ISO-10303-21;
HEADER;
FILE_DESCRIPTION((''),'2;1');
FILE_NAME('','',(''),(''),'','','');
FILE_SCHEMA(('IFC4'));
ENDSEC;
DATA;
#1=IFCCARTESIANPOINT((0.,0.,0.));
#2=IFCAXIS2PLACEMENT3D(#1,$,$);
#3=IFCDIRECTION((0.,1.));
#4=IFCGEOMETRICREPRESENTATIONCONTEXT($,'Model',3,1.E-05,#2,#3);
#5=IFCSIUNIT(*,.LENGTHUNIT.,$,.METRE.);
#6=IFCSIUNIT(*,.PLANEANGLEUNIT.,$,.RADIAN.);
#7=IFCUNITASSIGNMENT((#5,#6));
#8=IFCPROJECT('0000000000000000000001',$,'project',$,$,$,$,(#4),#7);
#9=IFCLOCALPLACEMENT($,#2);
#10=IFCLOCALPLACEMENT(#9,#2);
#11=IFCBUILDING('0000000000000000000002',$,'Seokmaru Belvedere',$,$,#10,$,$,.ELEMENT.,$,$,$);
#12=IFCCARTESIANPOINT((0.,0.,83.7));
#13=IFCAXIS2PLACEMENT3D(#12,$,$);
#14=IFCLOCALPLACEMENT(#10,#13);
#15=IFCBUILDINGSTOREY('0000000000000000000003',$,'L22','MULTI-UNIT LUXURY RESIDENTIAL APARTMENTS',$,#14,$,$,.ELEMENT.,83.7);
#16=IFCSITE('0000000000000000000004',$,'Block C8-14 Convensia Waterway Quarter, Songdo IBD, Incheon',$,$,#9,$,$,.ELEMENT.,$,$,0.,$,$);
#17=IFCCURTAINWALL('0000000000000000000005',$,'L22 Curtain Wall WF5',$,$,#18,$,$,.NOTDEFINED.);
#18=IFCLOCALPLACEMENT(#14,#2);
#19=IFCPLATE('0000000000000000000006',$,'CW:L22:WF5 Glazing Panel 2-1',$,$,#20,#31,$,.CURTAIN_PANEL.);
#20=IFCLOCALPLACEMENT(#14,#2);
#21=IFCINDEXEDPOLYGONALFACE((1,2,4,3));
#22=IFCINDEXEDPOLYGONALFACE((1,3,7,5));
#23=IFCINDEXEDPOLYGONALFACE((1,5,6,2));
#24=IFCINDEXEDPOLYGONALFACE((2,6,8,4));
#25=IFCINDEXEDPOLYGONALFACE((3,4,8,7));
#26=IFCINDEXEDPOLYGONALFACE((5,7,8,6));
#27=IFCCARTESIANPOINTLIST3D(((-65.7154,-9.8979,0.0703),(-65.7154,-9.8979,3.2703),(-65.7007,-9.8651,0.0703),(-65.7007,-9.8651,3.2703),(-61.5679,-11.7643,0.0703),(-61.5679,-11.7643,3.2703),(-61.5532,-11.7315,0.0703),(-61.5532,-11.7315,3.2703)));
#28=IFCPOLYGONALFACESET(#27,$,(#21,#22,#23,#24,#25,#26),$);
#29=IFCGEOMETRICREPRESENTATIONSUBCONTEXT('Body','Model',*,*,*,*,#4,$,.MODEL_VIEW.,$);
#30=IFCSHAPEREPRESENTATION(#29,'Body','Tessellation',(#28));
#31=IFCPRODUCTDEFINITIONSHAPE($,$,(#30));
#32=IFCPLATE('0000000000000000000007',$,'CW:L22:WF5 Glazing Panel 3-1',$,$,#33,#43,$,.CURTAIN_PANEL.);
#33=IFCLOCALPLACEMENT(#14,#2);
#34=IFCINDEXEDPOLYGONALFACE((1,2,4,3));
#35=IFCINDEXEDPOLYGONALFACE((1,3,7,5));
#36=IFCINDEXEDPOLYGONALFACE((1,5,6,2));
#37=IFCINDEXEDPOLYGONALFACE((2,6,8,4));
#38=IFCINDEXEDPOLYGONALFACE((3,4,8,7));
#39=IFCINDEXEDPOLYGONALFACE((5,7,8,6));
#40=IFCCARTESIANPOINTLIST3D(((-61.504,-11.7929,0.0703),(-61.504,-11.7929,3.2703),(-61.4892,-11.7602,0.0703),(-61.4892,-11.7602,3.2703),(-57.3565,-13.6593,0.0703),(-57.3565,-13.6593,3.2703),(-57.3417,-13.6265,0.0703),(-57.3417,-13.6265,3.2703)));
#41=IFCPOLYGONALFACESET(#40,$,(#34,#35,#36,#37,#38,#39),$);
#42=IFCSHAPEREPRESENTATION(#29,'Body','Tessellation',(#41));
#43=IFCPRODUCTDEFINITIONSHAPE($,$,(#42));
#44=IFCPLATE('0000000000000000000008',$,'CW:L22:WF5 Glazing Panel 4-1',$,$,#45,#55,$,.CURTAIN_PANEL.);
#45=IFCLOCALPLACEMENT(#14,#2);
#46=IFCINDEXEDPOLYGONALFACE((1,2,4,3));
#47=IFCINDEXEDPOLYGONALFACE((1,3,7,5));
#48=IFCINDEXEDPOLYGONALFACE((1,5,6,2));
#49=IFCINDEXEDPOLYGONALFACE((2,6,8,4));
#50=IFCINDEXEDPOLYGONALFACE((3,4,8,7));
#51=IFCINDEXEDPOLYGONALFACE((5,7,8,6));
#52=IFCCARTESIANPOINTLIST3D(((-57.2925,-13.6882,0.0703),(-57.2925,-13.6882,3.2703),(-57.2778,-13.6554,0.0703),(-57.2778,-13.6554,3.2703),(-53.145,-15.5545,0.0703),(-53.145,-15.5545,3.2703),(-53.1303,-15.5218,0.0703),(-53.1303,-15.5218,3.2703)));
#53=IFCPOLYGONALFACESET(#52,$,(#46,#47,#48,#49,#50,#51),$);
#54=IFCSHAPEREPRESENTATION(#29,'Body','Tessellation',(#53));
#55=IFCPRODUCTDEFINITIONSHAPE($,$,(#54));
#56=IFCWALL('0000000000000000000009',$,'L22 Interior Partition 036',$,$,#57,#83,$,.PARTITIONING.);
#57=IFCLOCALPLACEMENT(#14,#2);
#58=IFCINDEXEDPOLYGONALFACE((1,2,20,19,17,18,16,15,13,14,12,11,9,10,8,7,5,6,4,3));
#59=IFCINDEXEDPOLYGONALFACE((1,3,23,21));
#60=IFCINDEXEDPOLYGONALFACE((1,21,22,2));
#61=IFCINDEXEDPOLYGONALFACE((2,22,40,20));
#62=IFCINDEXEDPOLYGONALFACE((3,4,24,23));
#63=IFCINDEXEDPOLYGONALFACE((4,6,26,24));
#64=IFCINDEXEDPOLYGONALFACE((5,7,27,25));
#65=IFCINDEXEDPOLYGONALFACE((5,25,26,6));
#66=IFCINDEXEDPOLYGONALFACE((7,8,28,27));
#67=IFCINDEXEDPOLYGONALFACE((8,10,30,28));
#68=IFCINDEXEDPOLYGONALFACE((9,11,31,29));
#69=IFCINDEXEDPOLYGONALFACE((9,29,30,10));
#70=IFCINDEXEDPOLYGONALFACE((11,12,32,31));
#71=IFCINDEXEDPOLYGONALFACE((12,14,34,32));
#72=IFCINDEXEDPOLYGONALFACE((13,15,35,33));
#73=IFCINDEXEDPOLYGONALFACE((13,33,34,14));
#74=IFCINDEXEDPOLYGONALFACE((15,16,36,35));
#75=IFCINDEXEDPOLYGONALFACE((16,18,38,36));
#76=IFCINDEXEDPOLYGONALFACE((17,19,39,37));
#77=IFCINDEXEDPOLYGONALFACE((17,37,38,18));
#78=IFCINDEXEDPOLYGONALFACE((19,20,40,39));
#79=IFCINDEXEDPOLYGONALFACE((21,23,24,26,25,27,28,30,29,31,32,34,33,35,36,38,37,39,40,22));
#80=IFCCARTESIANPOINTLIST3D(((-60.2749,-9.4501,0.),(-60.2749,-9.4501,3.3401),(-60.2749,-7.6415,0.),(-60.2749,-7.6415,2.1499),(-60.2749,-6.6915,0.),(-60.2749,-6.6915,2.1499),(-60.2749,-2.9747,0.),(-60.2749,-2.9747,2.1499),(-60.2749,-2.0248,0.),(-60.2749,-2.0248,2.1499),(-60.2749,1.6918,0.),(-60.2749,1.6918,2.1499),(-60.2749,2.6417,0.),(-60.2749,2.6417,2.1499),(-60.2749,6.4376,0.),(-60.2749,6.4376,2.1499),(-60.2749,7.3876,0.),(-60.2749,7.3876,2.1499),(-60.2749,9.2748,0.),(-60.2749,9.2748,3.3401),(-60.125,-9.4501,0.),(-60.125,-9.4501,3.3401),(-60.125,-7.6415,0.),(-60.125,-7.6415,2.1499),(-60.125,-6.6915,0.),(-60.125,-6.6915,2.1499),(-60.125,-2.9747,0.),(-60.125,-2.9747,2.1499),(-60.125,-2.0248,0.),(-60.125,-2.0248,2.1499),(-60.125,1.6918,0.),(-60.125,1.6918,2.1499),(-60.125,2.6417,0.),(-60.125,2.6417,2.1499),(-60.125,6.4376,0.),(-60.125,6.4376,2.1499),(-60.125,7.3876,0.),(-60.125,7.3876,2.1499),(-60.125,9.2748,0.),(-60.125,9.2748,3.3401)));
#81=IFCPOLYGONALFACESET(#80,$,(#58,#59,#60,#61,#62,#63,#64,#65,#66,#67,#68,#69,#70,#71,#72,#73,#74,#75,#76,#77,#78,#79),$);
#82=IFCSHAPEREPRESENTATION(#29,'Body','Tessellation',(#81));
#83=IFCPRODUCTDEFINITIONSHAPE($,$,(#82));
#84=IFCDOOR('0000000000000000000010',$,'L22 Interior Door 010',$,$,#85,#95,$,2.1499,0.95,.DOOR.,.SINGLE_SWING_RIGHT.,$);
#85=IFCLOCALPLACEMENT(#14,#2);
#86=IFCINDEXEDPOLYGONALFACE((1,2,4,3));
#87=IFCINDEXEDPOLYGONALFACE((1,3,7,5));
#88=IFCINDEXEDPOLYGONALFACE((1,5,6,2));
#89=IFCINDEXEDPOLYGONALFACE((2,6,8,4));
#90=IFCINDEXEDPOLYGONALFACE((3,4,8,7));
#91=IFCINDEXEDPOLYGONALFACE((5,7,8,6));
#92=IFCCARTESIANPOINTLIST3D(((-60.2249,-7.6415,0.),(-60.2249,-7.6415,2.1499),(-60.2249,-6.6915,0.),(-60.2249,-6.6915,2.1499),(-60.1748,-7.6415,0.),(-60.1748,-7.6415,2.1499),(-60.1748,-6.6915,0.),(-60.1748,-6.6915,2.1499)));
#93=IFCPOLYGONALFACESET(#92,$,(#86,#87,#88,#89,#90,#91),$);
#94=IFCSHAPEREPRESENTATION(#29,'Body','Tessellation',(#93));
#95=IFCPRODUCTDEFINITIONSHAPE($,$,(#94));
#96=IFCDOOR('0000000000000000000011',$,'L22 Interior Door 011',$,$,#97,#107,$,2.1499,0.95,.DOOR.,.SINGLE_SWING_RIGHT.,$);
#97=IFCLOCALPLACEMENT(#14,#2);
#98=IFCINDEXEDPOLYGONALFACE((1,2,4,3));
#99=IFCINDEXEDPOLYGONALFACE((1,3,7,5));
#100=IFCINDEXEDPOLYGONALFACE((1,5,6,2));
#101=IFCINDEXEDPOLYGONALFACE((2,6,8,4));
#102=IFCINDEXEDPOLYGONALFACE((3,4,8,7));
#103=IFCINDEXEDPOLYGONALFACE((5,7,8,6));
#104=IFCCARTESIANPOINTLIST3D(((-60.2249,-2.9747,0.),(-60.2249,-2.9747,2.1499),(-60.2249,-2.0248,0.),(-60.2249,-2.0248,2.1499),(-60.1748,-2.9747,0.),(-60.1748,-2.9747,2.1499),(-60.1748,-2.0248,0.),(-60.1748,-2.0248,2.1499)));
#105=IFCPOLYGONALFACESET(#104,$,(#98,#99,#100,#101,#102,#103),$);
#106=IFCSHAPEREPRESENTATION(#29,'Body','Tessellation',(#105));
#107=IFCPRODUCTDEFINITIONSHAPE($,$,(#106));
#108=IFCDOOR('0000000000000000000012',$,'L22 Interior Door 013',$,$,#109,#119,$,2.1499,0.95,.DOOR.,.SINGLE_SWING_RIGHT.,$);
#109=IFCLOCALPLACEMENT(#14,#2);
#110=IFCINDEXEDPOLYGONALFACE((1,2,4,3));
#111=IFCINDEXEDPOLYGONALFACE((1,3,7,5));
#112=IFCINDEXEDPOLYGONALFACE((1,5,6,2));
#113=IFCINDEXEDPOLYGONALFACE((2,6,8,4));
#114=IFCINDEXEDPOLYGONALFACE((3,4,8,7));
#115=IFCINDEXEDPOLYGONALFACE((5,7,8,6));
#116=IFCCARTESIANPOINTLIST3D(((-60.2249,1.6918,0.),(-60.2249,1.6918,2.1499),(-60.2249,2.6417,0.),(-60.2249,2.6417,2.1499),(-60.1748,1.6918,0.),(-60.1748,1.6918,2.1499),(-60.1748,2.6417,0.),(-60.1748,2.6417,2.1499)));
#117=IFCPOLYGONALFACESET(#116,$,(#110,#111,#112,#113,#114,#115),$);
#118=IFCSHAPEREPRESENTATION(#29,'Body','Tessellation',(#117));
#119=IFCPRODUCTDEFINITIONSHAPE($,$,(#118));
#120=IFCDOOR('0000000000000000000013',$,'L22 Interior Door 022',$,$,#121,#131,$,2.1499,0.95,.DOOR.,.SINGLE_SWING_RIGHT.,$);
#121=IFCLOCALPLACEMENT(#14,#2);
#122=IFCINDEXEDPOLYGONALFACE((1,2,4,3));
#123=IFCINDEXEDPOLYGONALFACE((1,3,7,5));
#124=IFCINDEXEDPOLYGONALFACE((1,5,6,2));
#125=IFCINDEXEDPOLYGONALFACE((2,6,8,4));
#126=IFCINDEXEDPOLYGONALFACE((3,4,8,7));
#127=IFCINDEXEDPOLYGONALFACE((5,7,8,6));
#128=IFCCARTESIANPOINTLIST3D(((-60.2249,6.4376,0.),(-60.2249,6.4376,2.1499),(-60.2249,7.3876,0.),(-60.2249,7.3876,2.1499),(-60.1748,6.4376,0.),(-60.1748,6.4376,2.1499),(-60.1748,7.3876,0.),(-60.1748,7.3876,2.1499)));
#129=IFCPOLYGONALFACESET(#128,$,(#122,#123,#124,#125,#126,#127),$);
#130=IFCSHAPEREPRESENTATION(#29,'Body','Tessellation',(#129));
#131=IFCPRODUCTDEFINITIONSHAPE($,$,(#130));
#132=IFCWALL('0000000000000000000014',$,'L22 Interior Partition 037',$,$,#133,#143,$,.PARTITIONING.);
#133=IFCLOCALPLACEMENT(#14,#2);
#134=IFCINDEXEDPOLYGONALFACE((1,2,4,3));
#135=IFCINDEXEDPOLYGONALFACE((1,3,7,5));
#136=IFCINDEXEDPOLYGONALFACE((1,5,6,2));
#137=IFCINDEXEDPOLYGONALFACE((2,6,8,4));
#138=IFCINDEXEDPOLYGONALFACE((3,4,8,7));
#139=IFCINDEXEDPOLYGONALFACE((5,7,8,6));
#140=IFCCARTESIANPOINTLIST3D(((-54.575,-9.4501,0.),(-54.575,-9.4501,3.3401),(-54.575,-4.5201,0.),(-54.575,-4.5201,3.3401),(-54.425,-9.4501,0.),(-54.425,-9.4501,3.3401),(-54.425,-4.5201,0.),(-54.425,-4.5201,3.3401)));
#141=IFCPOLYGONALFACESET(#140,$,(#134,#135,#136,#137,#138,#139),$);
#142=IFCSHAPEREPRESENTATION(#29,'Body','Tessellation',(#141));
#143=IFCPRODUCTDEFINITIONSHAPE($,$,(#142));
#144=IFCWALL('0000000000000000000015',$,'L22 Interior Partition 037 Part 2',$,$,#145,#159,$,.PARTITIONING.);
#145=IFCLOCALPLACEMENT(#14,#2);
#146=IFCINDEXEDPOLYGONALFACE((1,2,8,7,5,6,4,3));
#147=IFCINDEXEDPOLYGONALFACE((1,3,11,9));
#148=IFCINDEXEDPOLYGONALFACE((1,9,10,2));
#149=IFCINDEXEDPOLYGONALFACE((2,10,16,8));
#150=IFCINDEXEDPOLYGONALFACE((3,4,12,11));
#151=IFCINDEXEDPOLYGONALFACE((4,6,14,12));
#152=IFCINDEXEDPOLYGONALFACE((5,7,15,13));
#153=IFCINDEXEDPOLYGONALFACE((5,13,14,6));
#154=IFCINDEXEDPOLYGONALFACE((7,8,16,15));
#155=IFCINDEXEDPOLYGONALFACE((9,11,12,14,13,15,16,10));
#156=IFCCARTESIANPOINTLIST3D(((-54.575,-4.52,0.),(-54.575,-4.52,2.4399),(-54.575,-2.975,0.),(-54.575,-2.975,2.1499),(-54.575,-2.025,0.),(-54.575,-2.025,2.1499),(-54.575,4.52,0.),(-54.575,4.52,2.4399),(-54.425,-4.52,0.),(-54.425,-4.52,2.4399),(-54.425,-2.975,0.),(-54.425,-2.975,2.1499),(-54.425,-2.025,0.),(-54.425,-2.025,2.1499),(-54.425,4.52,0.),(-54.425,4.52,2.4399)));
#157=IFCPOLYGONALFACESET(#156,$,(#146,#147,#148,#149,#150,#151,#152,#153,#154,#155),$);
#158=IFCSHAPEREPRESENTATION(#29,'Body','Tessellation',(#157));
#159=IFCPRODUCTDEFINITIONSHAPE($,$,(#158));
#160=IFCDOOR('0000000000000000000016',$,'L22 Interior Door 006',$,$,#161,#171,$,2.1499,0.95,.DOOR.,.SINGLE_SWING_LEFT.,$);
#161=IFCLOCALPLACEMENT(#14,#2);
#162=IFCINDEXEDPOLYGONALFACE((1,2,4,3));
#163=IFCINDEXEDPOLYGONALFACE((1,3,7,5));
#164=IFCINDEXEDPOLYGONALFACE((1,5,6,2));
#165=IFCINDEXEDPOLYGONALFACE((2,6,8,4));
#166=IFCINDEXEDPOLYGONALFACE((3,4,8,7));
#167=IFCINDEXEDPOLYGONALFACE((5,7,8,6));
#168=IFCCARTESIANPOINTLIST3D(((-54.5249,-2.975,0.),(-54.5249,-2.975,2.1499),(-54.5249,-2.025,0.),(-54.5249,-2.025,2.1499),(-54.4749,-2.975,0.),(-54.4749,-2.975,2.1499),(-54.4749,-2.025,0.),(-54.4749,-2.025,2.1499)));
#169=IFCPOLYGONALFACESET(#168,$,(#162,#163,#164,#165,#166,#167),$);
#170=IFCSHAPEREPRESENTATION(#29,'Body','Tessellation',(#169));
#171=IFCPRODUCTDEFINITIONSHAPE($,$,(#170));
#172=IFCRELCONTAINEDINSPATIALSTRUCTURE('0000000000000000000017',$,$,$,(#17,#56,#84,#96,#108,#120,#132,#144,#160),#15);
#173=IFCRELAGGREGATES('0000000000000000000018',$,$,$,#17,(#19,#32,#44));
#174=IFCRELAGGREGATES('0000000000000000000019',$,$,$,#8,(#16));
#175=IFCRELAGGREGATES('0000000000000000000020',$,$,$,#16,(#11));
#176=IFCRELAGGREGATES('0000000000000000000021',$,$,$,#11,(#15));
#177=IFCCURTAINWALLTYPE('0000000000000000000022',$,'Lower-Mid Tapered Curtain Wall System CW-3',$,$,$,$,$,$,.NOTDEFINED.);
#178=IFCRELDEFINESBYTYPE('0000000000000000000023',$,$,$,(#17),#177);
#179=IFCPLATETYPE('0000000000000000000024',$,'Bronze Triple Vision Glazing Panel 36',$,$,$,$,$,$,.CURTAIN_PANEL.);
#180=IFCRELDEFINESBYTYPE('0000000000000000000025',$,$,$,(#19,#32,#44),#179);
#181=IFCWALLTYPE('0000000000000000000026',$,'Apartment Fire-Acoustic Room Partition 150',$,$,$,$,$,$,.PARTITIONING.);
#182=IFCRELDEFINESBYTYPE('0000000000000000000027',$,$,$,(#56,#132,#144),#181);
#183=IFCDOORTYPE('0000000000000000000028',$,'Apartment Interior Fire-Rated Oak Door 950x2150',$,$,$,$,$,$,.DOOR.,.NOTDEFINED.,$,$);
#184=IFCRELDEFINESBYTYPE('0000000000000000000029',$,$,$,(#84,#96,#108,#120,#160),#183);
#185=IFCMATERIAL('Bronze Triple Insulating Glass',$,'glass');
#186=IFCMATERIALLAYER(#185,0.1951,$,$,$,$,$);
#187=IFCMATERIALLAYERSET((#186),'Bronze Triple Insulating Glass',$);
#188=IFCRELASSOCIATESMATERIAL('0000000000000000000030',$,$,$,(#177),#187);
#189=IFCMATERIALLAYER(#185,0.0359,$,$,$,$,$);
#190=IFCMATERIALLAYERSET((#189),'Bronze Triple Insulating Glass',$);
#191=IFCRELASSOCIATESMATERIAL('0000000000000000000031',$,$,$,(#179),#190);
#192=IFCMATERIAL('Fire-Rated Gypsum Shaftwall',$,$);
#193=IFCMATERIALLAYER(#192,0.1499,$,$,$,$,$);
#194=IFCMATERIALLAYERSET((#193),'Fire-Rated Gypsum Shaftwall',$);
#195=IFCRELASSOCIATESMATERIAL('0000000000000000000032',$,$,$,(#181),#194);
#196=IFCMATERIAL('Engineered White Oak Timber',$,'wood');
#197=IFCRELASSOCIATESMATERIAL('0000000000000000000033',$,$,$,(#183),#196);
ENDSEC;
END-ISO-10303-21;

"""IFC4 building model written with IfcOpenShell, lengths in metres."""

from ifc_helpers import new_model, si_unit, direction, frame, frame_2d, origin, origin_2d, place, context, subcontext, project, spatial, rectangle, extrude, source, transform, mapped, material, layer, layer_set, type_object, type_shapes, element, fill, aggregate, save


model = new_model("IFC4")

# Units and contexts
model_context = context("Model", 3, precision=1e-05, world=origin(), true_north=direction((0.0, 1.0)))
body_context = subcontext(model_context, "Body", "Model", "MODEL_VIEW")
ifc_project = project(units=[si_unit("LENGTHUNIT", "METRE"), si_unit("PLANEANGLEUNIT", "RADIAN")], contexts=[model_context])

# Site, building, storey
site_placement = place(None, origin())
site = spatial("IfcSite", under=ifc_project, at=site_placement, Name="Block C8-14 Convensia Waterway Quarter, Songdo IBD, Incheon", CompositionType="ELEMENT", RefElevation=0.0)
building_placement = place(site_placement, origin())
building = spatial("IfcBuilding", under=site, at=building_placement, Name="Seokmaru Belvedere", CompositionType="ELEMENT")
storey_placement = place(building_placement, frame((0.0, 0.0, 83.7)))
storey = spatial("IfcBuildingStorey", under=building, at=storey_placement, Name="L22", Description="MULTI-UNIT LUXURY RESIDENTIAL APARTMENTS", CompositionType="ELEMENT", Elevation=83.7)

# Curtain wall, plates
ifc_material_1 = material(Name="Bronze Triple Insulating Glass", Category="glass")
ifc_layer_1 = layer(ifc_material_1, 0.1951)
ifc_layer_set_1 = layer_set([ifc_layer_1], Name="Bronze Triple Insulating Glass")
curtain_wall_type = type_object("IfcCurtainWallType", Name="Lower-Mid Tapered Curtain Wall System CW-3", PredefinedType="NOTDEFINED", material=ifc_layer_set_1)
curtain_wall_placement = place(storey_placement, origin())
curtain_wall = element("IfcCurtainWall", 1, at=curtain_wall_placement, inside=storey, type_object=curtain_wall_type, Name="L22 Curtain Wall WF5", PredefinedType="NOTDEFINED")
ifc_layer_2 = layer(ifc_material_1, 0.0359)
ifc_layer_set_2 = layer_set([ifc_layer_2], Name="Bronze Triple Insulating Glass")
plate_type = type_object("IfcPlateType", Name="Bronze Triple Vision Glazing Panel 36", PredefinedType="CURTAIN_PANEL", material=ifc_layer_set_2)
shared_shape_1 = source(origin(), body_context, "Body", "SweptSolid", [
    extrude(rectangle(XDim=4.5481, YDim=0.0359, at=origin_2d()), origin(), (0.0, 0.0, 1.0), 3.2),
])
type_shapes(plate_type, [shared_shape_1])
plate_1_placement = place(storey_placement, frame((-63.6343, -10.8147, 0.0703), z_axis=(0.0, 0.0, 1.0), x_axis=(0.911921, -0.410366, 0.0)))
plate_1 = element("IfcPlate", 2, at=plate_1_placement, type_object=plate_type, Name="CW:L22:WF5 Glazing Panel 2-1", PredefinedType="CURTAIN_PANEL", context=body_context, shape_type="MappedRepresentation", body=[
    mapped(shared_shape_1, transform((0.0, 0.0, 0.0), scale=1.0)),
])
plate_2_placement = place(storey_placement, frame((-59.4229, -12.7097, 0.0703), z_axis=(0.0, 0.0, 1.0), x_axis=(0.911921, -0.410366, 0.0)))
plate_2 = element("IfcPlate", 3, at=plate_2_placement, type_object=plate_type, Name="CW:L22:WF5 Glazing Panel 3-1", PredefinedType="CURTAIN_PANEL", context=body_context, shape_type="MappedRepresentation", body=[
    mapped(shared_shape_1, transform((0.0, 0.0, 0.0), scale=1.0)),
])
plate_3_placement = place(storey_placement, frame((-55.2114, -14.605, 0.0703), z_axis=(0.0, 0.0, 1.0), x_axis=(0.911921, -0.410366, 0.0)))
plate_3 = element("IfcPlate", 4, at=plate_3_placement, type_object=plate_type, Name="CW:L22:WF5 Glazing Panel 4-1", PredefinedType="CURTAIN_PANEL", context=body_context, shape_type="MappedRepresentation", body=[
    mapped(shared_shape_1, transform((0.0, 0.0, 0.0), scale=1.0)),
])
aggregate(curtain_wall, [plate_1, plate_2, plate_3])

# Wall, openings, doors
ifc_material_2 = material(Name="Fire-Rated Gypsum Shaftwall")
ifc_layer_3 = layer(ifc_material_2, 0.1499)
ifc_layer_set_3 = layer_set([ifc_layer_3], Name="Fire-Rated Gypsum Shaftwall")
wall_type_1 = type_object("IfcWallType", Name="Apartment Fire-Acoustic Room Partition 150", PredefinedType="PARTITIONING", material=ifc_layer_set_3)
wall_1_placement = place(storey_placement, frame((-60.2, -9.45, 0.0), z_axis=(0.0, 0.0, 1.0), x_axis=(0.0, 1.0, 0.0)))
wall_1 = element("IfcWall", 5, at=wall_1_placement, inside=storey, type_object=wall_type_1, Name="L22 Interior Partition 036", PredefinedType="PARTITIONING", context=body_context, shape_type="SweptSolid", body=[
    extrude(rectangle(XDim=18.7249, YDim=0.1499, at=frame_2d((9.3623, 0.0))), origin(), (0.0, 0.0, 1.0), 3.3401),
])
opening_1_placement = place(wall_1_placement, frame((1.8083, 0.0, 0.0)))
opening_1 = element("IfcOpeningElement", 6, at=opening_1_placement, cuts=wall_1, PredefinedType="OPENING", context=body_context, shape_type="SweptSolid", body=[
    extrude(rectangle(XDim=0.95, YDim=2.1499, at=frame_2d((0.4751, 1.075))), frame((0.0, 0.085, 0.0), z_axis=(0.0, -1.0, 0.0), x_axis=(1.0, 0.0, 0.0)), (0.0, 0.0, 1.0), 0.1699),
])
opening_2_placement = place(wall_1_placement, frame((6.4751, 0.0, 0.0)))
opening_2 = element("IfcOpeningElement", 7, at=opening_2_placement, cuts=wall_1, PredefinedType="OPENING", context=body_context, shape_type="SweptSolid", body=[
    extrude(rectangle(XDim=0.95, YDim=2.1499, at=frame_2d((0.4751, 1.075))), frame((0.0, 0.085, 0.0), z_axis=(0.0, -1.0, 0.0), x_axis=(1.0, 0.0, 0.0)), (0.0, 0.0, 1.0), 0.1699),
])
opening_3_placement = place(wall_1_placement, frame((11.1416, 0.0, 0.0)))
opening_3 = element("IfcOpeningElement", 8, at=opening_3_placement, cuts=wall_1, PredefinedType="OPENING", context=body_context, shape_type="SweptSolid", body=[
    extrude(rectangle(XDim=0.95, YDim=2.1499, at=frame_2d((0.4751, 1.075))), frame((0.0, 0.085, 0.0), z_axis=(0.0, -1.0, 0.0), x_axis=(1.0, 0.0, 0.0)), (0.0, 0.0, 1.0), 0.1699),
])
opening_4_placement = place(wall_1_placement, frame((15.8875, 0.0, 0.0)))
opening_4 = element("IfcOpeningElement", 9, at=opening_4_placement, cuts=wall_1, PredefinedType="OPENING", context=body_context, shape_type="SweptSolid", body=[
    extrude(rectangle(XDim=0.95, YDim=2.1499, at=frame_2d((0.4751, 1.075))), frame((0.0, 0.085, 0.0), z_axis=(0.0, -1.0, 0.0), x_axis=(1.0, 0.0, 0.0)), (0.0, 0.0, 1.0), 0.1699),
])
ifc_material_3 = material(Name="Engineered White Oak Timber", Category="wood")
door_type = type_object("IfcDoorType", Name="Apartment Interior Fire-Rated Oak Door 950x2150", OperationType="NOTDEFINED", PredefinedType="DOOR", material=ifc_material_3)
shared_shape_2 = source(origin(), body_context, "Body", "SweptSolid", [
    extrude(rectangle(XDim=0.95, YDim=2.1499, at=frame_2d((0.4751, 1.075))), frame((0.0, 0.0249, 0.0), z_axis=(0.0, -1.0, 0.0), x_axis=(1.0, 0.0, 0.0)), (0.0, 0.0, 1.0), 0.05),
])
type_shapes(door_type, [shared_shape_2])
door_1_placement = place(opening_1_placement, origin())
door_1 = element("IfcDoor", 10, at=door_1_placement, inside=storey, type_object=door_type, Name="L22 Interior Door 010", OperationType="SINGLE_SWING_RIGHT", OverallHeight=2.1499, OverallWidth=0.95, PredefinedType="DOOR", context=body_context, shape_type="MappedRepresentation", body=[
    mapped(shared_shape_2, transform((0.0, 0.0, 0.0), scale=1.0)),
])
fill(opening_1, door_1)
door_2_placement = place(opening_2_placement, origin())
door_2 = element("IfcDoor", 11, at=door_2_placement, inside=storey, type_object=door_type, Name="L22 Interior Door 011", OperationType="SINGLE_SWING_RIGHT", OverallHeight=2.1499, OverallWidth=0.95, PredefinedType="DOOR", context=body_context, shape_type="MappedRepresentation", body=[
    mapped(shared_shape_2, transform((0.0, 0.0, 0.0), scale=1.0)),
])
fill(opening_2, door_2)
door_3_placement = place(opening_3_placement, origin())
door_3 = element("IfcDoor", 12, at=door_3_placement, inside=storey, type_object=door_type, Name="L22 Interior Door 013", OperationType="SINGLE_SWING_RIGHT", OverallHeight=2.1499, OverallWidth=0.95, PredefinedType="DOOR", context=body_context, shape_type="MappedRepresentation", body=[
    mapped(shared_shape_2, transform((0.0, 0.0, 0.0), scale=1.0)),
])
fill(opening_3, door_3)
door_4_placement = place(opening_4_placement, origin())
door_4 = element("IfcDoor", 13, at=door_4_placement, inside=storey, type_object=door_type, Name="L22 Interior Door 022", OperationType="SINGLE_SWING_RIGHT", OverallHeight=2.1499, OverallWidth=0.95, PredefinedType="DOOR", context=body_context, shape_type="MappedRepresentation", body=[
    mapped(shared_shape_2, transform((0.0, 0.0, 0.0), scale=1.0)),
])
fill(opening_4, door_4)

# Wall
wall_2_placement = place(storey_placement, frame((-54.5, -9.45, 0.0), z_axis=(0.0, 0.0, 1.0), x_axis=(0.0, 1.0, 0.0)))
element("IfcWall", 14, at=wall_2_placement, inside=storey, type_object=wall_type_1, Name="L22 Interior Partition 037", PredefinedType="PARTITIONING", context=body_context, shape_type="SweptSolid", body=[
    extrude(rectangle(XDim=4.9299, YDim=0.1499, at=frame_2d((2.4648, 0.0))), origin(), (0.0, 0.0, 1.0), 3.3401),
])

# Wall, opening, door
wall_3_placement = place(storey_placement, frame((-54.5, -4.52, 0.0), z_axis=(0.0, 0.0, 1.0), x_axis=(0.0, 1.0, 0.0)))
wall_3 = element("IfcWall", 15, at=wall_3_placement, inside=storey, type_object=wall_type_1, Name="L22 Interior Partition 037 Part 2", PredefinedType="PARTITIONING", context=body_context, shape_type="SweptSolid", body=[
    extrude(rectangle(XDim=9.04, YDim=0.1499, at=frame_2d((4.52, 0.0))), origin(), (0.0, 0.0, 1.0), 2.4399),
])
opening_5_placement = place(wall_3_placement, frame((1.5449, 0.0, 0.0)))
opening_5 = element("IfcOpeningElement", 16, at=opening_5_placement, cuts=wall_3, PredefinedType="OPENING", context=body_context, shape_type="SweptSolid", body=[
    extrude(rectangle(XDim=0.95, YDim=2.1499, at=frame_2d((0.4751, 1.075))), frame((0.0, 0.085, 0.0), z_axis=(0.0, -1.0, 0.0), x_axis=(1.0, 0.0, 0.0)), (0.0, 0.0, 1.0), 0.1699),
])
door_5_placement = place(opening_5_placement, origin())
door_5 = element("IfcDoor", 17, at=door_5_placement, inside=storey, type_object=door_type, Name="L22 Interior Door 006", OperationType="SINGLE_SWING_LEFT", OverallHeight=2.1499, OverallWidth=0.95, PredefinedType="DOOR", context=body_context, shape_type="MappedRepresentation", body=[
    mapped(shared_shape_2, transform((0.0, 0.0, 0.0), scale=1.0)),
])
fill(opening_5, door_5)

save(model, "model.ifc")
